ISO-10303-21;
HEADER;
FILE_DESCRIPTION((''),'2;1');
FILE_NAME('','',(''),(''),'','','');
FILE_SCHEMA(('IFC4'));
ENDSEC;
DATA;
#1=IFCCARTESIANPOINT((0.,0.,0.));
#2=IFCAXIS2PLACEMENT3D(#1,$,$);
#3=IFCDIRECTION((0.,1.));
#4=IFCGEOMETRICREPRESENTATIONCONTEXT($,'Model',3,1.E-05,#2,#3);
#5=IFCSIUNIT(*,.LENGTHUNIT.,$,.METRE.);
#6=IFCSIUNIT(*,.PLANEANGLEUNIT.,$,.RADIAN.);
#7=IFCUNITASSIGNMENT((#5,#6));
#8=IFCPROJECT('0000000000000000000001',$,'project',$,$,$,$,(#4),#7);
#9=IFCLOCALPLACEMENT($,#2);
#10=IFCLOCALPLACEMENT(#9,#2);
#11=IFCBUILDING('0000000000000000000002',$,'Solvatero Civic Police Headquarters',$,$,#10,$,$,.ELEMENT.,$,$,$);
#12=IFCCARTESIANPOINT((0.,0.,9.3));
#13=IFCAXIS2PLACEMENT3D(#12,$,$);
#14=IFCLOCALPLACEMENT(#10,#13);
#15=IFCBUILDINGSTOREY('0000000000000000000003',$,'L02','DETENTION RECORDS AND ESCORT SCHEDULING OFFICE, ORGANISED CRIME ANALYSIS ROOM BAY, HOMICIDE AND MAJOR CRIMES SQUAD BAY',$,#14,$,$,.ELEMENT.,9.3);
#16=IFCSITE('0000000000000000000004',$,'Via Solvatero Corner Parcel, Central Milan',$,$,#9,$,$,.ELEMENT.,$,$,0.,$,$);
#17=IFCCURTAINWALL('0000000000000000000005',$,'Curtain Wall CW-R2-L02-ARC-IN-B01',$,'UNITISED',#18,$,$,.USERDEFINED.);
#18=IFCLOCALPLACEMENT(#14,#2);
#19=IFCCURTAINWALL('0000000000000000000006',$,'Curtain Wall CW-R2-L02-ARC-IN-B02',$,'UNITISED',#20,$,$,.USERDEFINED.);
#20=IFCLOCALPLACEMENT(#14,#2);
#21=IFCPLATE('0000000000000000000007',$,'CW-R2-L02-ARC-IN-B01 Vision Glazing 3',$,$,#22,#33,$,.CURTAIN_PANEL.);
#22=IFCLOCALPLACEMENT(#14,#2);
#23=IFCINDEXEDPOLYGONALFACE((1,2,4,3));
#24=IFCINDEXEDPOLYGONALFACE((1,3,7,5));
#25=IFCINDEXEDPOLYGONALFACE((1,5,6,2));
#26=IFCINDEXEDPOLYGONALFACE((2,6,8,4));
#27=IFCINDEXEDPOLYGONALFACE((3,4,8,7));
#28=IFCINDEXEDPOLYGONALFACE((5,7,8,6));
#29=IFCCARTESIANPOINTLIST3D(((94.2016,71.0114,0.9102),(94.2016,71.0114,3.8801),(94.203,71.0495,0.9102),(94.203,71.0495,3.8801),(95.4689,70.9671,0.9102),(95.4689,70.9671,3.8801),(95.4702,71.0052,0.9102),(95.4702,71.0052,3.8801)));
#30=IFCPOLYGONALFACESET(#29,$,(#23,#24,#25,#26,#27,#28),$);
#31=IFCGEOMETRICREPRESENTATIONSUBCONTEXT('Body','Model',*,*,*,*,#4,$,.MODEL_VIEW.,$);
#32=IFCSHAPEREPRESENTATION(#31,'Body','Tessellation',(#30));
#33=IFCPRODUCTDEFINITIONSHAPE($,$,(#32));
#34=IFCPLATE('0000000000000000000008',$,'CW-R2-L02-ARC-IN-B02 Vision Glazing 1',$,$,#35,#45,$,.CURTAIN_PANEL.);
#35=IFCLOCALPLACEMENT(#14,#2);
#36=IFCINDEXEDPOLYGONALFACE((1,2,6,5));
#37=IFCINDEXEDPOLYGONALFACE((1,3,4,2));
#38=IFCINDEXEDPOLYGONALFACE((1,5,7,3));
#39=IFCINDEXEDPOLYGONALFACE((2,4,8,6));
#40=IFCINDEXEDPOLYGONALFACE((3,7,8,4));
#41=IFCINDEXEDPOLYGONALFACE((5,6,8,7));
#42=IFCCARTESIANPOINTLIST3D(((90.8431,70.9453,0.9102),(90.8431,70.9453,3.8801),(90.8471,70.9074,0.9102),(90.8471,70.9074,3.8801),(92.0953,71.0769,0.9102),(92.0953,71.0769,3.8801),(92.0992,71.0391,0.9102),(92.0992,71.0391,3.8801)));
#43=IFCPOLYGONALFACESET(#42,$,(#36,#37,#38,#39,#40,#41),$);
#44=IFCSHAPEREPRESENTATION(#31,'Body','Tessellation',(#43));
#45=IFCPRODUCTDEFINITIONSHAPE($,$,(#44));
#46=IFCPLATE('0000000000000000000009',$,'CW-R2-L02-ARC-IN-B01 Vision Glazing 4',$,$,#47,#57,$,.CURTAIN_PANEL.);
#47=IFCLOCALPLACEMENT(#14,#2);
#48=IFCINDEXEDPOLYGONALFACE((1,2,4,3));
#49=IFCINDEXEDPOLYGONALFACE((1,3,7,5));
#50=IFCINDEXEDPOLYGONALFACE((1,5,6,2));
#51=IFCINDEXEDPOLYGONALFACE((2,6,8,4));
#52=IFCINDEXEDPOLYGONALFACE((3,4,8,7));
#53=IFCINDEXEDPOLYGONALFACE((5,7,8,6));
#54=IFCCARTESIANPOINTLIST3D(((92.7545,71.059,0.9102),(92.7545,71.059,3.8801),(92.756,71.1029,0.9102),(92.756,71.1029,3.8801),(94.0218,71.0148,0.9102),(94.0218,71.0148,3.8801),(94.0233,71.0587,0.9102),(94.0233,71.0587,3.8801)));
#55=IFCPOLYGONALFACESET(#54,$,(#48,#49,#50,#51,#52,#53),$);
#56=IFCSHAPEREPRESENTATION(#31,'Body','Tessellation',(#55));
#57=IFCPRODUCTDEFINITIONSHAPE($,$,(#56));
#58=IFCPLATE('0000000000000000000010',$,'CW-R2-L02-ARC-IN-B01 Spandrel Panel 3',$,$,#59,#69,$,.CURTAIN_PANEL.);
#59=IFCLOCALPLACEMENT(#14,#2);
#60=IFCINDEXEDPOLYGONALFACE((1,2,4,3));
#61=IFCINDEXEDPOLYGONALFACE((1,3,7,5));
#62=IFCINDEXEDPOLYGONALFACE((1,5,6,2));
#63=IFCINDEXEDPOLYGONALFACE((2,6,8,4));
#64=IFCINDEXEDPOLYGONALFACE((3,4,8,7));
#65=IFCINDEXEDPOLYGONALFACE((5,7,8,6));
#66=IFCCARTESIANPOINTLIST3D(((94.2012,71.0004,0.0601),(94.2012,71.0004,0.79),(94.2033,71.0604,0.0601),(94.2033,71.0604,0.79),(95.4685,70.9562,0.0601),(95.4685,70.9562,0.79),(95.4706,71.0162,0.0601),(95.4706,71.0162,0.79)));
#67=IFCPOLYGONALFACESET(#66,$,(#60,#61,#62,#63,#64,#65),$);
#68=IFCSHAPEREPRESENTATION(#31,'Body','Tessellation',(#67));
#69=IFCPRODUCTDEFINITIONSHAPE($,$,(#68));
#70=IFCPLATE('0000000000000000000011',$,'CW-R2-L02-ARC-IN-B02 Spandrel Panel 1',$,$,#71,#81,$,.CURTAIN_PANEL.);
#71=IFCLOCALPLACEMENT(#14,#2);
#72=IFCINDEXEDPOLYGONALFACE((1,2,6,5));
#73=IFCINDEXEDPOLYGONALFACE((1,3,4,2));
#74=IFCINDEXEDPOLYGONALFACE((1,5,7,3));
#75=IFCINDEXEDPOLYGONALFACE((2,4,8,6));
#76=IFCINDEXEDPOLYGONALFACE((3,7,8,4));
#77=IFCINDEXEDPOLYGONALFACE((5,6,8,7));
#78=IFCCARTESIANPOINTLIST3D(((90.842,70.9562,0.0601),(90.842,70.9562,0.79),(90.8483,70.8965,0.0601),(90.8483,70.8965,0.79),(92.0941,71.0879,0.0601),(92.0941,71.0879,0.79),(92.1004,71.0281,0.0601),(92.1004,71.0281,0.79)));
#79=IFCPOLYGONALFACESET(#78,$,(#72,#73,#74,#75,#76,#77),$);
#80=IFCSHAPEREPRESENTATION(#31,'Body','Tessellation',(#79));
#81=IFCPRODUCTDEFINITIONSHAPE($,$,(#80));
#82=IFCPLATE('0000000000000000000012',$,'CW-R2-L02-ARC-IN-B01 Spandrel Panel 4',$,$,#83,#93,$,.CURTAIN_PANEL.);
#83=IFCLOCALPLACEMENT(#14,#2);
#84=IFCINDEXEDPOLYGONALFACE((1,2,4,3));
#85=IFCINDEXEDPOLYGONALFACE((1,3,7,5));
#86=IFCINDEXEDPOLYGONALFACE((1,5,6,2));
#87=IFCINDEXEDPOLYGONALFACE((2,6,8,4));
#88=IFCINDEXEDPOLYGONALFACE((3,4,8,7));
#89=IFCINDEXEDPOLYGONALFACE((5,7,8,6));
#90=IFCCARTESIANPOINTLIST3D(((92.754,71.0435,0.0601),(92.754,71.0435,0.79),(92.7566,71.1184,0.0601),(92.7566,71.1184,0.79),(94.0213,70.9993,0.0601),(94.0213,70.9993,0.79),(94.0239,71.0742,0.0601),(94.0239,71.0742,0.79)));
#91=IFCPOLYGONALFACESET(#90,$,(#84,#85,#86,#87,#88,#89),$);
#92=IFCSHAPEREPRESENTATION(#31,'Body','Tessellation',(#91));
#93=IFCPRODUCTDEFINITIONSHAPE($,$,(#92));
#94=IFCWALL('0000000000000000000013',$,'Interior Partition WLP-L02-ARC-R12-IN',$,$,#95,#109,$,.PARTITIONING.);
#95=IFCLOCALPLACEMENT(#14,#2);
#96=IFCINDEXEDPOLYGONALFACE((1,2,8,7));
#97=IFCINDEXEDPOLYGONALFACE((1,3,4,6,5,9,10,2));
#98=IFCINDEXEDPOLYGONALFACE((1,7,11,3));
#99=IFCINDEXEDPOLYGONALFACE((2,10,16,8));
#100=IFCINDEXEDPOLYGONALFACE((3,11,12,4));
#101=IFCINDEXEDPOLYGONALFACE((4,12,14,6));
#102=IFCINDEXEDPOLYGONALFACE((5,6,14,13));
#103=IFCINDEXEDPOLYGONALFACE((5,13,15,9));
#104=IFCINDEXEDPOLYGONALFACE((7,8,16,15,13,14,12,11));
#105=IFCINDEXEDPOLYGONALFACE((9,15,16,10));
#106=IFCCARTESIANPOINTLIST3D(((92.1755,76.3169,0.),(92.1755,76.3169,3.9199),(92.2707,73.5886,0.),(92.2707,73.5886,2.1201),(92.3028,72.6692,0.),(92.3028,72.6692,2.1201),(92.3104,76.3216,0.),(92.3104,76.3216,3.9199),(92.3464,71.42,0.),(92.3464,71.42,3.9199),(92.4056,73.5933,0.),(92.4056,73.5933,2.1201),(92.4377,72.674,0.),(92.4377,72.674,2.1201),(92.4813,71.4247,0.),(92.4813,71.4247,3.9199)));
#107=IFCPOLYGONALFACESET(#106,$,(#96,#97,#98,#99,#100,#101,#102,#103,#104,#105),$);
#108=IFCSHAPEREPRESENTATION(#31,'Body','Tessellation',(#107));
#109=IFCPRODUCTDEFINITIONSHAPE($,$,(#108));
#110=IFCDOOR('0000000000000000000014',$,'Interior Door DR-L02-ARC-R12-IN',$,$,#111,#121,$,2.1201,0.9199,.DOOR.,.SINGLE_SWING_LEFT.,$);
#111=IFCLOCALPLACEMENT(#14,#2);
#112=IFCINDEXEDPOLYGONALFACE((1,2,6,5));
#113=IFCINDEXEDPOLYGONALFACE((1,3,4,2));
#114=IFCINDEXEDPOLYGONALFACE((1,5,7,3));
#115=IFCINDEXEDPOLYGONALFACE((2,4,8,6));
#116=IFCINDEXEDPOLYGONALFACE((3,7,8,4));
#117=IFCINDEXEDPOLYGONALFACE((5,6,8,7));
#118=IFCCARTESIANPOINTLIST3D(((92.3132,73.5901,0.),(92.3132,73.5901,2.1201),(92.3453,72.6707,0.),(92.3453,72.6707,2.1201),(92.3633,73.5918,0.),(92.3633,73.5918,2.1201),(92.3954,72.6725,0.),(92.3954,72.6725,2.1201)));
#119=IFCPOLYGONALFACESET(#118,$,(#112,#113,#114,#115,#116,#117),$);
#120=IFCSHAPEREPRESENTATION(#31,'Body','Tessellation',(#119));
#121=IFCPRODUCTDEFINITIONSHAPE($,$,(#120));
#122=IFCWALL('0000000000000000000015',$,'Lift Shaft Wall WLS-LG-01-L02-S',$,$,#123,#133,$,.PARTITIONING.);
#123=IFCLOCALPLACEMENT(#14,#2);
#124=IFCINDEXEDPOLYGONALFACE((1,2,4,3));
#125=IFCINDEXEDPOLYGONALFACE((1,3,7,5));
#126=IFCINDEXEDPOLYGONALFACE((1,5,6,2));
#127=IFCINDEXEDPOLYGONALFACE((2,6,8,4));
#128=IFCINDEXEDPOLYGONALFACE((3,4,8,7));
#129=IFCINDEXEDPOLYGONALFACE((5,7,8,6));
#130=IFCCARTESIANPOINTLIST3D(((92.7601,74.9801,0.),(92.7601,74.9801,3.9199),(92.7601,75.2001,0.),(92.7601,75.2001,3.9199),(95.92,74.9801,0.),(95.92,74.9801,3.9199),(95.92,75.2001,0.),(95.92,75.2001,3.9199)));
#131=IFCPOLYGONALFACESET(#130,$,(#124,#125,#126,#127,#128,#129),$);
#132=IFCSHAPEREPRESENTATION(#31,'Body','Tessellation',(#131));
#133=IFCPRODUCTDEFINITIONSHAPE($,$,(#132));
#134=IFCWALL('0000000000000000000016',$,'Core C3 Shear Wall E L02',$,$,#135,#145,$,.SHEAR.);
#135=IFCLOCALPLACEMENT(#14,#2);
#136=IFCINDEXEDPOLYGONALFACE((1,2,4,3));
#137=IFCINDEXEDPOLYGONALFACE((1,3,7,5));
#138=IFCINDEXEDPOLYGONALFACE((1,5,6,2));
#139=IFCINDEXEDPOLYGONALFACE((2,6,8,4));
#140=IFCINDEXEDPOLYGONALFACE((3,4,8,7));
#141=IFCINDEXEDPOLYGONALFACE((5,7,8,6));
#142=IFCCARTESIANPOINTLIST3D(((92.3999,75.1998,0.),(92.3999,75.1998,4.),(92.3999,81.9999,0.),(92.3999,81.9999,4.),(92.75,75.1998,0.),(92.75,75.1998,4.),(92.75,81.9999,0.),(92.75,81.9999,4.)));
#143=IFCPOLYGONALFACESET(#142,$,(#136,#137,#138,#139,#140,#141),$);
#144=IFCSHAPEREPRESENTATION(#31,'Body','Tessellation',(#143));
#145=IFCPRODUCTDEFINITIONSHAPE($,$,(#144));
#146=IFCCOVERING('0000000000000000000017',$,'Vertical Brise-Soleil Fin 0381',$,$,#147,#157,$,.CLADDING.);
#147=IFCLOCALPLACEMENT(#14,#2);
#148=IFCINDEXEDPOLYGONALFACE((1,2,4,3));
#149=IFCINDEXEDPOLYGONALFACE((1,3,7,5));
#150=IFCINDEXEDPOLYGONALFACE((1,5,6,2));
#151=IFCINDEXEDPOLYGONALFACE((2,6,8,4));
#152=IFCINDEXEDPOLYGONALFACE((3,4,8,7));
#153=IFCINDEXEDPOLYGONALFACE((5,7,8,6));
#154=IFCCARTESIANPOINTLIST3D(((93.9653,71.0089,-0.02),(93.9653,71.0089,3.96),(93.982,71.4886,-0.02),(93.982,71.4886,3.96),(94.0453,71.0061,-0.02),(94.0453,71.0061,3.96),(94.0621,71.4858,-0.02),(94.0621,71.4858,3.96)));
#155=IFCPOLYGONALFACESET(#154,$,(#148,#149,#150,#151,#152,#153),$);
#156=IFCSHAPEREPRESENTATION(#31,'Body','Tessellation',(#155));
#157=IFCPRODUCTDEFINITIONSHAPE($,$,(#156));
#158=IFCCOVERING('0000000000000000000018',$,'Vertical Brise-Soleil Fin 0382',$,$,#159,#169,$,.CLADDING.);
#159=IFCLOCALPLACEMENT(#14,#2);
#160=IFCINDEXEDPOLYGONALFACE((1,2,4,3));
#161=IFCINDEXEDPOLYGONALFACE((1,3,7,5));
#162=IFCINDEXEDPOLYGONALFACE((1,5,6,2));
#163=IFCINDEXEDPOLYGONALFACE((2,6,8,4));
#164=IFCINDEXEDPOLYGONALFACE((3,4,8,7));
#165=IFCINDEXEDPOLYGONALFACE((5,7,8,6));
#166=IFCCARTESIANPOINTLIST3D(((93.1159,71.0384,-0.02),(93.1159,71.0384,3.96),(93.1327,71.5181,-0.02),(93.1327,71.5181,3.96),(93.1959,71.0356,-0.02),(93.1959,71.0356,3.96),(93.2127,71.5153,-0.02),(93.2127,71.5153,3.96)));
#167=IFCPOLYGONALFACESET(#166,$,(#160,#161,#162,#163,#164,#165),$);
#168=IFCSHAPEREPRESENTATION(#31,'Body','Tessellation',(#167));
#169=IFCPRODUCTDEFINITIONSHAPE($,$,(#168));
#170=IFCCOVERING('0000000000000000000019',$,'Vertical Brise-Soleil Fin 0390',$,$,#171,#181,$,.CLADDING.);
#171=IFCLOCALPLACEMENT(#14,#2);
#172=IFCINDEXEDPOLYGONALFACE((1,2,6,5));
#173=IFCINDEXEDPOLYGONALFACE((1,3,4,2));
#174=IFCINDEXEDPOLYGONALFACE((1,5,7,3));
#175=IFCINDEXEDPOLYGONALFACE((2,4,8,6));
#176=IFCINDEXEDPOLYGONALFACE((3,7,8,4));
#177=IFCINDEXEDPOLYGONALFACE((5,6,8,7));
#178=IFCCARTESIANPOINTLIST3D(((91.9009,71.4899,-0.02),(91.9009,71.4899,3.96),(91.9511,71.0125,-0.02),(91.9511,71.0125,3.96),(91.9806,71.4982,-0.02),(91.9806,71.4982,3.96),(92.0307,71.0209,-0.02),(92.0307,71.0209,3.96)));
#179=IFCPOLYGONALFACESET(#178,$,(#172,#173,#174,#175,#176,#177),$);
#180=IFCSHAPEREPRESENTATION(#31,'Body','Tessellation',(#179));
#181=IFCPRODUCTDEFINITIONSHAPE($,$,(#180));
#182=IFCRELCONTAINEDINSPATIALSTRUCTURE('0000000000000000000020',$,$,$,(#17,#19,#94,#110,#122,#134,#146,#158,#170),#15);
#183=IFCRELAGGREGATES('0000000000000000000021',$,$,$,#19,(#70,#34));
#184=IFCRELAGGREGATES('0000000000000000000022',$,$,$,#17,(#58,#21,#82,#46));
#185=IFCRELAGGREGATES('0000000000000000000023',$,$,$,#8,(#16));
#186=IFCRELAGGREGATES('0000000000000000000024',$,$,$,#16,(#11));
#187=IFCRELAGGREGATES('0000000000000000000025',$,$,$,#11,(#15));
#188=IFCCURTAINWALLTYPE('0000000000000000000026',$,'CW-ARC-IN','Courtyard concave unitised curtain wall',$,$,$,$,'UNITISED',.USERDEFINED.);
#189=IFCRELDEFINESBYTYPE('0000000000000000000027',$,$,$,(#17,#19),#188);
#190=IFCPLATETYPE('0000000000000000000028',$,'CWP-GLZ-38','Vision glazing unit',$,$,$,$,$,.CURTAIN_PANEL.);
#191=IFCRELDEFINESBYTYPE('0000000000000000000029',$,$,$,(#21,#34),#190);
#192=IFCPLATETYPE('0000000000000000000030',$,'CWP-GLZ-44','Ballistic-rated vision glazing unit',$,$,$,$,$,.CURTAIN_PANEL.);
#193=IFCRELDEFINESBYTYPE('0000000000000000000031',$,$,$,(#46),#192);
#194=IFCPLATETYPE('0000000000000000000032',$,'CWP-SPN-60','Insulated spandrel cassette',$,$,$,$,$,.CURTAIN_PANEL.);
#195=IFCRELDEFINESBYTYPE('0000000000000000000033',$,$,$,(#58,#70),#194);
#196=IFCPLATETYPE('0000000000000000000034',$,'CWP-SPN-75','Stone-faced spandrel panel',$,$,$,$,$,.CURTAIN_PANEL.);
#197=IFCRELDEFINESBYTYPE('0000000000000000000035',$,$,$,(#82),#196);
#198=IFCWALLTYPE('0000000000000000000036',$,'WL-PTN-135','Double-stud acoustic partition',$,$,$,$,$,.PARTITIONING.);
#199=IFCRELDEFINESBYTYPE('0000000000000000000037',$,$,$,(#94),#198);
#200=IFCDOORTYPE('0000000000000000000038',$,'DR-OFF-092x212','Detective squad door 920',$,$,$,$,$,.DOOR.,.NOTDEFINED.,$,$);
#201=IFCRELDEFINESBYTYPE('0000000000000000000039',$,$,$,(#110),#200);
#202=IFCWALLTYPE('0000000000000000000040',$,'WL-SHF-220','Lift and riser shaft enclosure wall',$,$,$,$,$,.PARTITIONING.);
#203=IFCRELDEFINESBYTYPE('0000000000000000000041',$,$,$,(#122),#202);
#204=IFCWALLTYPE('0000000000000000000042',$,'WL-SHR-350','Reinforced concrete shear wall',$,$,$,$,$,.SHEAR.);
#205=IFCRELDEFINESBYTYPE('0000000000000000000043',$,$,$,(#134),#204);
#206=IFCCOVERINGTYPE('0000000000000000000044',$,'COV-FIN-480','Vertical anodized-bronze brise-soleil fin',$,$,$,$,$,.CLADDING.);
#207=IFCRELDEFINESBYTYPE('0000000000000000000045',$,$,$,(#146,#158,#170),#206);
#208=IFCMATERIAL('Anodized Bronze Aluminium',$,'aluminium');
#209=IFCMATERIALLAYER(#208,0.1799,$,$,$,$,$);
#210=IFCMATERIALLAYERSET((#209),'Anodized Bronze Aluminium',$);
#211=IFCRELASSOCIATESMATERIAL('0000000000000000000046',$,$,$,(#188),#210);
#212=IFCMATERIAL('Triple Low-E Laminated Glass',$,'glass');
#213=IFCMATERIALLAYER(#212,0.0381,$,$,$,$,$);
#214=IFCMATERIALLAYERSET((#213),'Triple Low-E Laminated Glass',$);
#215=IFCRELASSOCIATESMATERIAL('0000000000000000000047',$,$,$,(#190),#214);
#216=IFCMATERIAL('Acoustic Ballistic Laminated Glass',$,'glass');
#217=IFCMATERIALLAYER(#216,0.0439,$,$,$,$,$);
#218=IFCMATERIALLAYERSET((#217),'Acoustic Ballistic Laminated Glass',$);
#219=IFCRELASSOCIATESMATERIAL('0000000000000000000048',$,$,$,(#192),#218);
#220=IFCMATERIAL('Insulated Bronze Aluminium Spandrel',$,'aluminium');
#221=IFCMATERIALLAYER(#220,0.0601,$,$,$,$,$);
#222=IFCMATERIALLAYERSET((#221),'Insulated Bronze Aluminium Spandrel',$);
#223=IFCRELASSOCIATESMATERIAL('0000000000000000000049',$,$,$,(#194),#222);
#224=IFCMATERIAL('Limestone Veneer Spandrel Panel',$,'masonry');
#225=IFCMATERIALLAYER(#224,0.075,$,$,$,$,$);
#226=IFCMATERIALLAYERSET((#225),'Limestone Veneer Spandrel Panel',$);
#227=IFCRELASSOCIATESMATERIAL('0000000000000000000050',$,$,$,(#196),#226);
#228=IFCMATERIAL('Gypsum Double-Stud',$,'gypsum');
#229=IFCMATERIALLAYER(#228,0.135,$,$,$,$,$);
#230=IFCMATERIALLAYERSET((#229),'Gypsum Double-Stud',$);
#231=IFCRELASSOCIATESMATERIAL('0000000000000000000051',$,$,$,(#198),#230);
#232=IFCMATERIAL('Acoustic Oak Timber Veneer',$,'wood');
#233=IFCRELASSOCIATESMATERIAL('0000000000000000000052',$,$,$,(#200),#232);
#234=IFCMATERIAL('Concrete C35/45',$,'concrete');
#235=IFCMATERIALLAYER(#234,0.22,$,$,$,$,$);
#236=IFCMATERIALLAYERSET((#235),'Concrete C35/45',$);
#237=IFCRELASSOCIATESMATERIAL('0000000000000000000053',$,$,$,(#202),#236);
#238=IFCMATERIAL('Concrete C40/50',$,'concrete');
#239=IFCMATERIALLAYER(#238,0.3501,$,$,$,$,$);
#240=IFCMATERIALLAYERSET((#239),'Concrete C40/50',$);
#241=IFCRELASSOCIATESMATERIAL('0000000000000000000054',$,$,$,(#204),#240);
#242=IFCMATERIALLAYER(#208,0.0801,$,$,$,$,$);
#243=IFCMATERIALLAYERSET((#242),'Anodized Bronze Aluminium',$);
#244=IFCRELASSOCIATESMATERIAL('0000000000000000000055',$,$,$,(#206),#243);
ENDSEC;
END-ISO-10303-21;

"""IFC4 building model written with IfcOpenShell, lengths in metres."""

from ifc_helpers import new_model, si_unit, direction, frame, frame_2d, origin, origin_2d, place, context, subcontext, project, spatial, rectangle, extrude, material, layer, layer_set, type_object, element, fill, aggregate, save


model = new_model("IFC4")

# Units and contexts
model_context = context("Model", 3, precision=1e-05, world=origin(), true_north=direction((0.0, 1.0)))
body_context = subcontext(model_context, "Body", "Model", "MODEL_VIEW")
ifc_project = project(units=[si_unit("LENGTHUNIT", "METRE"), si_unit("PLANEANGLEUNIT", "RADIAN")], contexts=[model_context])

# Site, building, storey
site_placement = place(None, origin())
site = spatial("IfcSite", under=ifc_project, at=site_placement, Name="Via Solvatero Corner Parcel, Central Milan", CompositionType="ELEMENT", RefElevation=0.0)
building_placement = place(site_placement, origin())
building = spatial("IfcBuilding", under=site, at=building_placement, Name="Solvatero Civic Police Headquarters", CompositionType="ELEMENT")
storey_placement = place(building_placement, frame((0.0, 0.0, 9.3)))
storey = spatial("IfcBuildingStorey", under=building, at=storey_placement, Name="L02", Description="DETENTION RECORDS AND ESCORT SCHEDULING OFFICE, ORGANISED CRIME ANALYSIS ROOM BAY, HOMICIDE AND MAJOR CRIMES SQUAD BAY", CompositionType="ELEMENT", Elevation=9.3)

# Curtain walls
ifc_material_1 = material(Name="Anodized Bronze Aluminium", Category="aluminium")
ifc_layer_1 = layer(ifc_material_1, 0.1799)
ifc_layer_set_1 = layer_set([ifc_layer_1], Name="Anodized Bronze Aluminium")
curtain_wall_type = type_object("IfcCurtainWallType", Name="CW-ARC-IN", Description="Courtyard concave unitised curtain wall", ElementType="UNITISED", PredefinedType="USERDEFINED", material=ifc_layer_set_1)
curtain_wall_1_placement = place(storey_placement, origin())
curtain_wall_1 = element("IfcCurtainWall", 1, at=curtain_wall_1_placement, inside=storey, type_object=curtain_wall_type, Name="Curtain Wall CW-R2-L02-ARC-IN-B01", ObjectType="UNITISED", PredefinedType="USERDEFINED")
curtain_wall_2_placement = place(storey_placement, origin())
curtain_wall_2 = element("IfcCurtainWall", 2, at=curtain_wall_2_placement, inside=storey, type_object=curtain_wall_type, Name="Curtain Wall CW-R2-L02-ARC-IN-B02", ObjectType="UNITISED", PredefinedType="USERDEFINED")

# Plates
ifc_material_2 = material(Name="Triple Low-E Laminated Glass", Category="glass")
ifc_layer_2 = layer(ifc_material_2, 0.0381)
ifc_layer_set_2 = layer_set([ifc_layer_2], Name="Triple Low-E Laminated Glass")
plate_type_1 = type_object("IfcPlateType", Name="CWP-GLZ-38", Description="Vision glazing unit", PredefinedType="CURTAIN_PANEL", material=ifc_layer_set_2)
plate_1_placement = place(storey_placement, frame((94.8359, 71.0083, 0.9102), z_axis=(0.0, 0.0, 1.0), x_axis=(-0.999391, 0.034899, 0.0)))
plate_1 = element("IfcPlate", 3, at=plate_1_placement, type_object=plate_type_1, Name="CW-R2-L02-ARC-IN-B01 Vision Glazing 3", PredefinedType="CURTAIN_PANEL", context=body_context, shape_type="SweptSolid", body=[
    extrude(rectangle(XDim=1.2681, YDim=0.0381, at=origin_2d()), origin(), (0.0, 0.0, 1.0), 2.97),
])
plate_2_placement = place(storey_placement, frame((91.4712, 70.9922, 0.9102), z_axis=(0.0, 0.0, 1.0), x_axis=(-0.994522, -0.104528, 0.0)))
plate_2 = element("IfcPlate", 4, at=plate_2_placement, type_object=plate_type_1, Name="CW-R2-L02-ARC-IN-B02 Vision Glazing 1", PredefinedType="CURTAIN_PANEL", context=body_context, shape_type="SweptSolid", body=[
    extrude(rectangle(XDim=1.259, YDim=0.0381, at=origin_2d()), origin(), (0.0, 0.0, 1.0), 2.97),
])
ifc_material_3 = material(Name="Acoustic Ballistic Laminated Glass", Category="glass")
ifc_layer_3 = layer(ifc_material_3, 0.0439)
ifc_layer_set_3 = layer_set([ifc_layer_3], Name="Acoustic Ballistic Laminated Glass")
plate_type_2 = type_object("IfcPlateType", Name="CWP-GLZ-44", Description="Ballistic-rated vision glazing unit", PredefinedType="CURTAIN_PANEL", material=ifc_layer_set_3)
plate_3_placement = place(storey_placement, frame((93.3889, 71.0588, 0.9102), z_axis=(0.0, 0.0, 1.0), x_axis=(-0.999391, 0.034899, 0.0)))
plate_3 = element("IfcPlate", 5, at=plate_3_placement, type_object=plate_type_2, Name="CW-R2-L02-ARC-IN-B01 Vision Glazing 4", PredefinedType="CURTAIN_PANEL", context=body_context, shape_type="SweptSolid", body=[
    extrude(rectangle(XDim=1.2681, YDim=0.0439, at=origin_2d()), origin(), (0.0, 0.0, 1.0), 2.97),
])
ifc_material_4 = material(Name="Insulated Bronze Aluminium Spandrel", Category="aluminium")
ifc_layer_4 = layer(ifc_material_4, 0.0601)
ifc_layer_set_4 = layer_set([ifc_layer_4], Name="Insulated Bronze Aluminium Spandrel")
plate_type_3 = type_object("IfcPlateType", Name="CWP-SPN-60", Description="Insulated spandrel cassette", PredefinedType="CURTAIN_PANEL", material=ifc_layer_set_4)
plate_4_placement = place(storey_placement, frame((94.8359, 71.0083, 0.0601), z_axis=(0.0, 0.0, 1.0), x_axis=(-0.999391, 0.034899, 0.0)))
plate_4 = element("IfcPlate", 6, at=plate_4_placement, type_object=plate_type_3, Name="CW-R2-L02-ARC-IN-B01 Spandrel Panel 3", PredefinedType="CURTAIN_PANEL", context=body_context, shape_type="SweptSolid", body=[
    extrude(rectangle(XDim=1.2681, YDim=0.0601, at=origin_2d()), origin(), (0.0, 0.0, 1.0), 0.73),
])
plate_5_placement = place(storey_placement, frame((91.4712, 70.9922, 0.0601), z_axis=(0.0, 0.0, 1.0), x_axis=(-0.994522, -0.104528, 0.0)))
plate_5 = element("IfcPlate", 7, at=plate_5_placement, type_object=plate_type_3, Name="CW-R2-L02-ARC-IN-B02 Spandrel Panel 1", PredefinedType="CURTAIN_PANEL", context=body_context, shape_type="SweptSolid", body=[
    extrude(rectangle(XDim=1.259, YDim=0.0601, at=origin_2d()), origin(), (0.0, 0.0, 1.0), 0.73),
])
aggregate(curtain_wall_2, [plate_5, plate_2])
ifc_material_5 = material(Name="Limestone Veneer Spandrel Panel", Category="masonry")
ifc_layer_5 = layer(ifc_material_5, 0.075)
ifc_layer_set_5 = layer_set([ifc_layer_5], Name="Limestone Veneer Spandrel Panel")
plate_type_4 = type_object("IfcPlateType", Name="CWP-SPN-75", Description="Stone-faced spandrel panel", PredefinedType="CURTAIN_PANEL", material=ifc_layer_set_5)
plate_6_placement = place(storey_placement, frame((93.3889, 71.0588, 0.0601), z_axis=(0.0, 0.0, 1.0), x_axis=(-0.999391, 0.034899, 0.0)))
plate_6 = element("IfcPlate", 8, at=plate_6_placement, type_object=plate_type_4, Name="CW-R2-L02-ARC-IN-B01 Spandrel Panel 4", PredefinedType="CURTAIN_PANEL", context=body_context, shape_type="SweptSolid", body=[
    extrude(rectangle(XDim=1.2681, YDim=0.075, at=origin_2d()), origin(), (0.0, 0.0, 1.0), 0.73),
])
aggregate(curtain_wall_1, [plate_4, plate_1, plate_6, plate_3])

# Wall, opening, door
ifc_material_6 = material(Name="Gypsum Double-Stud", Category="gypsum")
ifc_layer_6 = layer(ifc_material_6, 0.135)
ifc_layer_set_6 = layer_set([ifc_layer_6], Name="Gypsum Double-Stud")
wall_type_1 = type_object("IfcWallType", Name="WL-PTN-135", Description="Double-stud acoustic partition", PredefinedType="PARTITIONING", material=ifc_layer_set_6)
wall_1_placement = place(storey_placement, frame((92.4138, 71.4224, 0.0), z_axis=(0.0, 0.0, 1.0), x_axis=(-0.034878, 0.999392, 0.0)))
wall_1 = element("IfcWall", 9, at=wall_1_placement, inside=storey, type_object=wall_type_1, Name="Interior Partition WLP-L02-ARC-R12-IN", PredefinedType="PARTITIONING", context=body_context, shape_type="SweptSolid", body=[
    extrude(rectangle(XDim=4.8999, YDim=0.135, at=frame_2d((2.45, 0.0))), origin(), (0.0, 0.0, 1.0), 3.9199),
])
opening_placement = place(wall_1_placement, frame((1.25, 0.0, 0.0)))
opening = element("IfcOpeningElement", 10, at=opening_placement, cuts=wall_1, PredefinedType="OPENING", context=body_context, shape_type="SweptSolid", body=[
    extrude(rectangle(XDim=0.9199, YDim=2.1201, at=frame_2d((0.46, 1.0601))), frame((0.0, 0.0774, 0.0), z_axis=(0.0, -1.0, 0.0), x_axis=(1.0, 0.0, 0.0)), (0.0, 0.0, 1.0), 0.155),
])
ifc_material_7 = material(Name="Acoustic Oak Timber Veneer", Category="wood")
door_type = type_object("IfcDoorType", Name="DR-OFF-092x212", Description="Detective squad door 920", OperationType="NOTDEFINED", PredefinedType="DOOR", material=ifc_material_7)
door_placement = place(opening_placement, origin())
door = element("IfcDoor", 11, at=door_placement, inside=storey, type_object=door_type, Name="Interior Door DR-L02-ARC-R12-IN", OperationType="SINGLE_SWING_LEFT", OverallHeight=2.1201, OverallWidth=0.9199, PredefinedType="DOOR", context=body_context, shape_type="SweptSolid", body=[
    extrude(rectangle(XDim=0.9199, YDim=2.1201, at=frame_2d((0.46, 1.0601))), frame((0.0, 0.0249, 0.0), z_axis=(0.0, -1.0, 0.0), x_axis=(1.0, 0.0, 0.0)), (0.0, 0.0, 1.0), 0.05),
])
fill(opening, door)

# Walls
ifc_material_8 = material(Name="Concrete C35/45", Category="concrete")
ifc_layer_7 = layer(ifc_material_8, 0.22)
ifc_layer_set_7 = layer_set([ifc_layer_7], Name="Concrete C35/45")
wall_type_2 = type_object("IfcWallType", Name="WL-SHF-220", Description="Lift and riser shaft enclosure wall", PredefinedType="PARTITIONING", material=ifc_layer_set_7)
wall_2_placement = place(storey_placement, frame((92.76, 75.0901, 0.0), z_axis=(0.0, 0.0, 1.0), x_axis=(1.0, 0.0, 0.0)))
element("IfcWall", 12, at=wall_2_placement, inside=storey, type_object=wall_type_2, Name="Lift Shaft Wall WLS-LG-01-L02-S", PredefinedType="PARTITIONING", context=body_context, shape_type="SweptSolid", body=[
    extrude(rectangle(XDim=3.1599, YDim=0.22, at=frame_2d((1.5801, 0.0))), origin(), (0.0, 0.0, 1.0), 3.9199),
])
ifc_material_9 = material(Name="Concrete C40/50", Category="concrete")
ifc_layer_8 = layer(ifc_material_9, 0.3501)
ifc_layer_set_8 = layer_set([ifc_layer_8], Name="Concrete C40/50")
wall_type_3 = type_object("IfcWallType", Name="WL-SHR-350", Description="Reinforced concrete shear wall", PredefinedType="SHEAR", material=ifc_layer_set_8)
wall_3_placement = place(storey_placement, frame((92.575, 75.2, 0.0), z_axis=(0.0, 0.0, 1.0), x_axis=(0.0, 1.0, 0.0)))
element("IfcWall", 13, at=wall_3_placement, inside=storey, type_object=wall_type_3, Name="Core C3 Shear Wall E L02", PredefinedType="SHEAR", context=body_context, shape_type="SweptSolid", body=[
    extrude(rectangle(XDim=6.8, YDim=0.3501, at=frame_2d((3.3999, 0.0))), origin(), (0.0, 0.0, 1.0), 4.0),
])

# Coverings
ifc_layer_9 = layer(ifc_material_1, 0.0801)
ifc_layer_set_9 = layer_set([ifc_layer_9], Name="Anodized Bronze Aluminium")
covering_type = type_object("IfcCoveringType", Name="COV-FIN-480", Description="Vertical anodized-bronze brise-soleil fin", PredefinedType="CLADDING", material=ifc_layer_set_9)
for number, where, z_axis, x_axis, name in (
    (14, (94.0137, 71.2473, -0.02), (0.0, 0.0, 1.0), (-0.999391, 0.034899, 0.0), "Vertical Brise-Soleil Fin 0381"),
    (15, (93.1643, 71.2769, -0.02), (0.0, 0.0, 1.0), (-0.999391, 0.034899, 0.0), "Vertical Brise-Soleil Fin 0382"),
    (16, (91.9658, 71.2554, -0.02), (0.0, 0.0, 1.0), (-0.994522, -0.104528, 0.0), "Vertical Brise-Soleil Fin 0390"),
):
    element("IfcCovering", number, at=place(storey_placement, frame(where, z_axis=z_axis, x_axis=x_axis)), inside=storey, type_object=covering_type, Name=name, PredefinedType="CLADDING", context=body_context, shape_type="SweptSolid", body=[
        extrude(rectangle(XDim=0.0801, YDim=0.48, at=origin_2d()), origin(), (0.0, 0.0, 1.0), 3.98),
    ])

save(model, "model.ifc")
